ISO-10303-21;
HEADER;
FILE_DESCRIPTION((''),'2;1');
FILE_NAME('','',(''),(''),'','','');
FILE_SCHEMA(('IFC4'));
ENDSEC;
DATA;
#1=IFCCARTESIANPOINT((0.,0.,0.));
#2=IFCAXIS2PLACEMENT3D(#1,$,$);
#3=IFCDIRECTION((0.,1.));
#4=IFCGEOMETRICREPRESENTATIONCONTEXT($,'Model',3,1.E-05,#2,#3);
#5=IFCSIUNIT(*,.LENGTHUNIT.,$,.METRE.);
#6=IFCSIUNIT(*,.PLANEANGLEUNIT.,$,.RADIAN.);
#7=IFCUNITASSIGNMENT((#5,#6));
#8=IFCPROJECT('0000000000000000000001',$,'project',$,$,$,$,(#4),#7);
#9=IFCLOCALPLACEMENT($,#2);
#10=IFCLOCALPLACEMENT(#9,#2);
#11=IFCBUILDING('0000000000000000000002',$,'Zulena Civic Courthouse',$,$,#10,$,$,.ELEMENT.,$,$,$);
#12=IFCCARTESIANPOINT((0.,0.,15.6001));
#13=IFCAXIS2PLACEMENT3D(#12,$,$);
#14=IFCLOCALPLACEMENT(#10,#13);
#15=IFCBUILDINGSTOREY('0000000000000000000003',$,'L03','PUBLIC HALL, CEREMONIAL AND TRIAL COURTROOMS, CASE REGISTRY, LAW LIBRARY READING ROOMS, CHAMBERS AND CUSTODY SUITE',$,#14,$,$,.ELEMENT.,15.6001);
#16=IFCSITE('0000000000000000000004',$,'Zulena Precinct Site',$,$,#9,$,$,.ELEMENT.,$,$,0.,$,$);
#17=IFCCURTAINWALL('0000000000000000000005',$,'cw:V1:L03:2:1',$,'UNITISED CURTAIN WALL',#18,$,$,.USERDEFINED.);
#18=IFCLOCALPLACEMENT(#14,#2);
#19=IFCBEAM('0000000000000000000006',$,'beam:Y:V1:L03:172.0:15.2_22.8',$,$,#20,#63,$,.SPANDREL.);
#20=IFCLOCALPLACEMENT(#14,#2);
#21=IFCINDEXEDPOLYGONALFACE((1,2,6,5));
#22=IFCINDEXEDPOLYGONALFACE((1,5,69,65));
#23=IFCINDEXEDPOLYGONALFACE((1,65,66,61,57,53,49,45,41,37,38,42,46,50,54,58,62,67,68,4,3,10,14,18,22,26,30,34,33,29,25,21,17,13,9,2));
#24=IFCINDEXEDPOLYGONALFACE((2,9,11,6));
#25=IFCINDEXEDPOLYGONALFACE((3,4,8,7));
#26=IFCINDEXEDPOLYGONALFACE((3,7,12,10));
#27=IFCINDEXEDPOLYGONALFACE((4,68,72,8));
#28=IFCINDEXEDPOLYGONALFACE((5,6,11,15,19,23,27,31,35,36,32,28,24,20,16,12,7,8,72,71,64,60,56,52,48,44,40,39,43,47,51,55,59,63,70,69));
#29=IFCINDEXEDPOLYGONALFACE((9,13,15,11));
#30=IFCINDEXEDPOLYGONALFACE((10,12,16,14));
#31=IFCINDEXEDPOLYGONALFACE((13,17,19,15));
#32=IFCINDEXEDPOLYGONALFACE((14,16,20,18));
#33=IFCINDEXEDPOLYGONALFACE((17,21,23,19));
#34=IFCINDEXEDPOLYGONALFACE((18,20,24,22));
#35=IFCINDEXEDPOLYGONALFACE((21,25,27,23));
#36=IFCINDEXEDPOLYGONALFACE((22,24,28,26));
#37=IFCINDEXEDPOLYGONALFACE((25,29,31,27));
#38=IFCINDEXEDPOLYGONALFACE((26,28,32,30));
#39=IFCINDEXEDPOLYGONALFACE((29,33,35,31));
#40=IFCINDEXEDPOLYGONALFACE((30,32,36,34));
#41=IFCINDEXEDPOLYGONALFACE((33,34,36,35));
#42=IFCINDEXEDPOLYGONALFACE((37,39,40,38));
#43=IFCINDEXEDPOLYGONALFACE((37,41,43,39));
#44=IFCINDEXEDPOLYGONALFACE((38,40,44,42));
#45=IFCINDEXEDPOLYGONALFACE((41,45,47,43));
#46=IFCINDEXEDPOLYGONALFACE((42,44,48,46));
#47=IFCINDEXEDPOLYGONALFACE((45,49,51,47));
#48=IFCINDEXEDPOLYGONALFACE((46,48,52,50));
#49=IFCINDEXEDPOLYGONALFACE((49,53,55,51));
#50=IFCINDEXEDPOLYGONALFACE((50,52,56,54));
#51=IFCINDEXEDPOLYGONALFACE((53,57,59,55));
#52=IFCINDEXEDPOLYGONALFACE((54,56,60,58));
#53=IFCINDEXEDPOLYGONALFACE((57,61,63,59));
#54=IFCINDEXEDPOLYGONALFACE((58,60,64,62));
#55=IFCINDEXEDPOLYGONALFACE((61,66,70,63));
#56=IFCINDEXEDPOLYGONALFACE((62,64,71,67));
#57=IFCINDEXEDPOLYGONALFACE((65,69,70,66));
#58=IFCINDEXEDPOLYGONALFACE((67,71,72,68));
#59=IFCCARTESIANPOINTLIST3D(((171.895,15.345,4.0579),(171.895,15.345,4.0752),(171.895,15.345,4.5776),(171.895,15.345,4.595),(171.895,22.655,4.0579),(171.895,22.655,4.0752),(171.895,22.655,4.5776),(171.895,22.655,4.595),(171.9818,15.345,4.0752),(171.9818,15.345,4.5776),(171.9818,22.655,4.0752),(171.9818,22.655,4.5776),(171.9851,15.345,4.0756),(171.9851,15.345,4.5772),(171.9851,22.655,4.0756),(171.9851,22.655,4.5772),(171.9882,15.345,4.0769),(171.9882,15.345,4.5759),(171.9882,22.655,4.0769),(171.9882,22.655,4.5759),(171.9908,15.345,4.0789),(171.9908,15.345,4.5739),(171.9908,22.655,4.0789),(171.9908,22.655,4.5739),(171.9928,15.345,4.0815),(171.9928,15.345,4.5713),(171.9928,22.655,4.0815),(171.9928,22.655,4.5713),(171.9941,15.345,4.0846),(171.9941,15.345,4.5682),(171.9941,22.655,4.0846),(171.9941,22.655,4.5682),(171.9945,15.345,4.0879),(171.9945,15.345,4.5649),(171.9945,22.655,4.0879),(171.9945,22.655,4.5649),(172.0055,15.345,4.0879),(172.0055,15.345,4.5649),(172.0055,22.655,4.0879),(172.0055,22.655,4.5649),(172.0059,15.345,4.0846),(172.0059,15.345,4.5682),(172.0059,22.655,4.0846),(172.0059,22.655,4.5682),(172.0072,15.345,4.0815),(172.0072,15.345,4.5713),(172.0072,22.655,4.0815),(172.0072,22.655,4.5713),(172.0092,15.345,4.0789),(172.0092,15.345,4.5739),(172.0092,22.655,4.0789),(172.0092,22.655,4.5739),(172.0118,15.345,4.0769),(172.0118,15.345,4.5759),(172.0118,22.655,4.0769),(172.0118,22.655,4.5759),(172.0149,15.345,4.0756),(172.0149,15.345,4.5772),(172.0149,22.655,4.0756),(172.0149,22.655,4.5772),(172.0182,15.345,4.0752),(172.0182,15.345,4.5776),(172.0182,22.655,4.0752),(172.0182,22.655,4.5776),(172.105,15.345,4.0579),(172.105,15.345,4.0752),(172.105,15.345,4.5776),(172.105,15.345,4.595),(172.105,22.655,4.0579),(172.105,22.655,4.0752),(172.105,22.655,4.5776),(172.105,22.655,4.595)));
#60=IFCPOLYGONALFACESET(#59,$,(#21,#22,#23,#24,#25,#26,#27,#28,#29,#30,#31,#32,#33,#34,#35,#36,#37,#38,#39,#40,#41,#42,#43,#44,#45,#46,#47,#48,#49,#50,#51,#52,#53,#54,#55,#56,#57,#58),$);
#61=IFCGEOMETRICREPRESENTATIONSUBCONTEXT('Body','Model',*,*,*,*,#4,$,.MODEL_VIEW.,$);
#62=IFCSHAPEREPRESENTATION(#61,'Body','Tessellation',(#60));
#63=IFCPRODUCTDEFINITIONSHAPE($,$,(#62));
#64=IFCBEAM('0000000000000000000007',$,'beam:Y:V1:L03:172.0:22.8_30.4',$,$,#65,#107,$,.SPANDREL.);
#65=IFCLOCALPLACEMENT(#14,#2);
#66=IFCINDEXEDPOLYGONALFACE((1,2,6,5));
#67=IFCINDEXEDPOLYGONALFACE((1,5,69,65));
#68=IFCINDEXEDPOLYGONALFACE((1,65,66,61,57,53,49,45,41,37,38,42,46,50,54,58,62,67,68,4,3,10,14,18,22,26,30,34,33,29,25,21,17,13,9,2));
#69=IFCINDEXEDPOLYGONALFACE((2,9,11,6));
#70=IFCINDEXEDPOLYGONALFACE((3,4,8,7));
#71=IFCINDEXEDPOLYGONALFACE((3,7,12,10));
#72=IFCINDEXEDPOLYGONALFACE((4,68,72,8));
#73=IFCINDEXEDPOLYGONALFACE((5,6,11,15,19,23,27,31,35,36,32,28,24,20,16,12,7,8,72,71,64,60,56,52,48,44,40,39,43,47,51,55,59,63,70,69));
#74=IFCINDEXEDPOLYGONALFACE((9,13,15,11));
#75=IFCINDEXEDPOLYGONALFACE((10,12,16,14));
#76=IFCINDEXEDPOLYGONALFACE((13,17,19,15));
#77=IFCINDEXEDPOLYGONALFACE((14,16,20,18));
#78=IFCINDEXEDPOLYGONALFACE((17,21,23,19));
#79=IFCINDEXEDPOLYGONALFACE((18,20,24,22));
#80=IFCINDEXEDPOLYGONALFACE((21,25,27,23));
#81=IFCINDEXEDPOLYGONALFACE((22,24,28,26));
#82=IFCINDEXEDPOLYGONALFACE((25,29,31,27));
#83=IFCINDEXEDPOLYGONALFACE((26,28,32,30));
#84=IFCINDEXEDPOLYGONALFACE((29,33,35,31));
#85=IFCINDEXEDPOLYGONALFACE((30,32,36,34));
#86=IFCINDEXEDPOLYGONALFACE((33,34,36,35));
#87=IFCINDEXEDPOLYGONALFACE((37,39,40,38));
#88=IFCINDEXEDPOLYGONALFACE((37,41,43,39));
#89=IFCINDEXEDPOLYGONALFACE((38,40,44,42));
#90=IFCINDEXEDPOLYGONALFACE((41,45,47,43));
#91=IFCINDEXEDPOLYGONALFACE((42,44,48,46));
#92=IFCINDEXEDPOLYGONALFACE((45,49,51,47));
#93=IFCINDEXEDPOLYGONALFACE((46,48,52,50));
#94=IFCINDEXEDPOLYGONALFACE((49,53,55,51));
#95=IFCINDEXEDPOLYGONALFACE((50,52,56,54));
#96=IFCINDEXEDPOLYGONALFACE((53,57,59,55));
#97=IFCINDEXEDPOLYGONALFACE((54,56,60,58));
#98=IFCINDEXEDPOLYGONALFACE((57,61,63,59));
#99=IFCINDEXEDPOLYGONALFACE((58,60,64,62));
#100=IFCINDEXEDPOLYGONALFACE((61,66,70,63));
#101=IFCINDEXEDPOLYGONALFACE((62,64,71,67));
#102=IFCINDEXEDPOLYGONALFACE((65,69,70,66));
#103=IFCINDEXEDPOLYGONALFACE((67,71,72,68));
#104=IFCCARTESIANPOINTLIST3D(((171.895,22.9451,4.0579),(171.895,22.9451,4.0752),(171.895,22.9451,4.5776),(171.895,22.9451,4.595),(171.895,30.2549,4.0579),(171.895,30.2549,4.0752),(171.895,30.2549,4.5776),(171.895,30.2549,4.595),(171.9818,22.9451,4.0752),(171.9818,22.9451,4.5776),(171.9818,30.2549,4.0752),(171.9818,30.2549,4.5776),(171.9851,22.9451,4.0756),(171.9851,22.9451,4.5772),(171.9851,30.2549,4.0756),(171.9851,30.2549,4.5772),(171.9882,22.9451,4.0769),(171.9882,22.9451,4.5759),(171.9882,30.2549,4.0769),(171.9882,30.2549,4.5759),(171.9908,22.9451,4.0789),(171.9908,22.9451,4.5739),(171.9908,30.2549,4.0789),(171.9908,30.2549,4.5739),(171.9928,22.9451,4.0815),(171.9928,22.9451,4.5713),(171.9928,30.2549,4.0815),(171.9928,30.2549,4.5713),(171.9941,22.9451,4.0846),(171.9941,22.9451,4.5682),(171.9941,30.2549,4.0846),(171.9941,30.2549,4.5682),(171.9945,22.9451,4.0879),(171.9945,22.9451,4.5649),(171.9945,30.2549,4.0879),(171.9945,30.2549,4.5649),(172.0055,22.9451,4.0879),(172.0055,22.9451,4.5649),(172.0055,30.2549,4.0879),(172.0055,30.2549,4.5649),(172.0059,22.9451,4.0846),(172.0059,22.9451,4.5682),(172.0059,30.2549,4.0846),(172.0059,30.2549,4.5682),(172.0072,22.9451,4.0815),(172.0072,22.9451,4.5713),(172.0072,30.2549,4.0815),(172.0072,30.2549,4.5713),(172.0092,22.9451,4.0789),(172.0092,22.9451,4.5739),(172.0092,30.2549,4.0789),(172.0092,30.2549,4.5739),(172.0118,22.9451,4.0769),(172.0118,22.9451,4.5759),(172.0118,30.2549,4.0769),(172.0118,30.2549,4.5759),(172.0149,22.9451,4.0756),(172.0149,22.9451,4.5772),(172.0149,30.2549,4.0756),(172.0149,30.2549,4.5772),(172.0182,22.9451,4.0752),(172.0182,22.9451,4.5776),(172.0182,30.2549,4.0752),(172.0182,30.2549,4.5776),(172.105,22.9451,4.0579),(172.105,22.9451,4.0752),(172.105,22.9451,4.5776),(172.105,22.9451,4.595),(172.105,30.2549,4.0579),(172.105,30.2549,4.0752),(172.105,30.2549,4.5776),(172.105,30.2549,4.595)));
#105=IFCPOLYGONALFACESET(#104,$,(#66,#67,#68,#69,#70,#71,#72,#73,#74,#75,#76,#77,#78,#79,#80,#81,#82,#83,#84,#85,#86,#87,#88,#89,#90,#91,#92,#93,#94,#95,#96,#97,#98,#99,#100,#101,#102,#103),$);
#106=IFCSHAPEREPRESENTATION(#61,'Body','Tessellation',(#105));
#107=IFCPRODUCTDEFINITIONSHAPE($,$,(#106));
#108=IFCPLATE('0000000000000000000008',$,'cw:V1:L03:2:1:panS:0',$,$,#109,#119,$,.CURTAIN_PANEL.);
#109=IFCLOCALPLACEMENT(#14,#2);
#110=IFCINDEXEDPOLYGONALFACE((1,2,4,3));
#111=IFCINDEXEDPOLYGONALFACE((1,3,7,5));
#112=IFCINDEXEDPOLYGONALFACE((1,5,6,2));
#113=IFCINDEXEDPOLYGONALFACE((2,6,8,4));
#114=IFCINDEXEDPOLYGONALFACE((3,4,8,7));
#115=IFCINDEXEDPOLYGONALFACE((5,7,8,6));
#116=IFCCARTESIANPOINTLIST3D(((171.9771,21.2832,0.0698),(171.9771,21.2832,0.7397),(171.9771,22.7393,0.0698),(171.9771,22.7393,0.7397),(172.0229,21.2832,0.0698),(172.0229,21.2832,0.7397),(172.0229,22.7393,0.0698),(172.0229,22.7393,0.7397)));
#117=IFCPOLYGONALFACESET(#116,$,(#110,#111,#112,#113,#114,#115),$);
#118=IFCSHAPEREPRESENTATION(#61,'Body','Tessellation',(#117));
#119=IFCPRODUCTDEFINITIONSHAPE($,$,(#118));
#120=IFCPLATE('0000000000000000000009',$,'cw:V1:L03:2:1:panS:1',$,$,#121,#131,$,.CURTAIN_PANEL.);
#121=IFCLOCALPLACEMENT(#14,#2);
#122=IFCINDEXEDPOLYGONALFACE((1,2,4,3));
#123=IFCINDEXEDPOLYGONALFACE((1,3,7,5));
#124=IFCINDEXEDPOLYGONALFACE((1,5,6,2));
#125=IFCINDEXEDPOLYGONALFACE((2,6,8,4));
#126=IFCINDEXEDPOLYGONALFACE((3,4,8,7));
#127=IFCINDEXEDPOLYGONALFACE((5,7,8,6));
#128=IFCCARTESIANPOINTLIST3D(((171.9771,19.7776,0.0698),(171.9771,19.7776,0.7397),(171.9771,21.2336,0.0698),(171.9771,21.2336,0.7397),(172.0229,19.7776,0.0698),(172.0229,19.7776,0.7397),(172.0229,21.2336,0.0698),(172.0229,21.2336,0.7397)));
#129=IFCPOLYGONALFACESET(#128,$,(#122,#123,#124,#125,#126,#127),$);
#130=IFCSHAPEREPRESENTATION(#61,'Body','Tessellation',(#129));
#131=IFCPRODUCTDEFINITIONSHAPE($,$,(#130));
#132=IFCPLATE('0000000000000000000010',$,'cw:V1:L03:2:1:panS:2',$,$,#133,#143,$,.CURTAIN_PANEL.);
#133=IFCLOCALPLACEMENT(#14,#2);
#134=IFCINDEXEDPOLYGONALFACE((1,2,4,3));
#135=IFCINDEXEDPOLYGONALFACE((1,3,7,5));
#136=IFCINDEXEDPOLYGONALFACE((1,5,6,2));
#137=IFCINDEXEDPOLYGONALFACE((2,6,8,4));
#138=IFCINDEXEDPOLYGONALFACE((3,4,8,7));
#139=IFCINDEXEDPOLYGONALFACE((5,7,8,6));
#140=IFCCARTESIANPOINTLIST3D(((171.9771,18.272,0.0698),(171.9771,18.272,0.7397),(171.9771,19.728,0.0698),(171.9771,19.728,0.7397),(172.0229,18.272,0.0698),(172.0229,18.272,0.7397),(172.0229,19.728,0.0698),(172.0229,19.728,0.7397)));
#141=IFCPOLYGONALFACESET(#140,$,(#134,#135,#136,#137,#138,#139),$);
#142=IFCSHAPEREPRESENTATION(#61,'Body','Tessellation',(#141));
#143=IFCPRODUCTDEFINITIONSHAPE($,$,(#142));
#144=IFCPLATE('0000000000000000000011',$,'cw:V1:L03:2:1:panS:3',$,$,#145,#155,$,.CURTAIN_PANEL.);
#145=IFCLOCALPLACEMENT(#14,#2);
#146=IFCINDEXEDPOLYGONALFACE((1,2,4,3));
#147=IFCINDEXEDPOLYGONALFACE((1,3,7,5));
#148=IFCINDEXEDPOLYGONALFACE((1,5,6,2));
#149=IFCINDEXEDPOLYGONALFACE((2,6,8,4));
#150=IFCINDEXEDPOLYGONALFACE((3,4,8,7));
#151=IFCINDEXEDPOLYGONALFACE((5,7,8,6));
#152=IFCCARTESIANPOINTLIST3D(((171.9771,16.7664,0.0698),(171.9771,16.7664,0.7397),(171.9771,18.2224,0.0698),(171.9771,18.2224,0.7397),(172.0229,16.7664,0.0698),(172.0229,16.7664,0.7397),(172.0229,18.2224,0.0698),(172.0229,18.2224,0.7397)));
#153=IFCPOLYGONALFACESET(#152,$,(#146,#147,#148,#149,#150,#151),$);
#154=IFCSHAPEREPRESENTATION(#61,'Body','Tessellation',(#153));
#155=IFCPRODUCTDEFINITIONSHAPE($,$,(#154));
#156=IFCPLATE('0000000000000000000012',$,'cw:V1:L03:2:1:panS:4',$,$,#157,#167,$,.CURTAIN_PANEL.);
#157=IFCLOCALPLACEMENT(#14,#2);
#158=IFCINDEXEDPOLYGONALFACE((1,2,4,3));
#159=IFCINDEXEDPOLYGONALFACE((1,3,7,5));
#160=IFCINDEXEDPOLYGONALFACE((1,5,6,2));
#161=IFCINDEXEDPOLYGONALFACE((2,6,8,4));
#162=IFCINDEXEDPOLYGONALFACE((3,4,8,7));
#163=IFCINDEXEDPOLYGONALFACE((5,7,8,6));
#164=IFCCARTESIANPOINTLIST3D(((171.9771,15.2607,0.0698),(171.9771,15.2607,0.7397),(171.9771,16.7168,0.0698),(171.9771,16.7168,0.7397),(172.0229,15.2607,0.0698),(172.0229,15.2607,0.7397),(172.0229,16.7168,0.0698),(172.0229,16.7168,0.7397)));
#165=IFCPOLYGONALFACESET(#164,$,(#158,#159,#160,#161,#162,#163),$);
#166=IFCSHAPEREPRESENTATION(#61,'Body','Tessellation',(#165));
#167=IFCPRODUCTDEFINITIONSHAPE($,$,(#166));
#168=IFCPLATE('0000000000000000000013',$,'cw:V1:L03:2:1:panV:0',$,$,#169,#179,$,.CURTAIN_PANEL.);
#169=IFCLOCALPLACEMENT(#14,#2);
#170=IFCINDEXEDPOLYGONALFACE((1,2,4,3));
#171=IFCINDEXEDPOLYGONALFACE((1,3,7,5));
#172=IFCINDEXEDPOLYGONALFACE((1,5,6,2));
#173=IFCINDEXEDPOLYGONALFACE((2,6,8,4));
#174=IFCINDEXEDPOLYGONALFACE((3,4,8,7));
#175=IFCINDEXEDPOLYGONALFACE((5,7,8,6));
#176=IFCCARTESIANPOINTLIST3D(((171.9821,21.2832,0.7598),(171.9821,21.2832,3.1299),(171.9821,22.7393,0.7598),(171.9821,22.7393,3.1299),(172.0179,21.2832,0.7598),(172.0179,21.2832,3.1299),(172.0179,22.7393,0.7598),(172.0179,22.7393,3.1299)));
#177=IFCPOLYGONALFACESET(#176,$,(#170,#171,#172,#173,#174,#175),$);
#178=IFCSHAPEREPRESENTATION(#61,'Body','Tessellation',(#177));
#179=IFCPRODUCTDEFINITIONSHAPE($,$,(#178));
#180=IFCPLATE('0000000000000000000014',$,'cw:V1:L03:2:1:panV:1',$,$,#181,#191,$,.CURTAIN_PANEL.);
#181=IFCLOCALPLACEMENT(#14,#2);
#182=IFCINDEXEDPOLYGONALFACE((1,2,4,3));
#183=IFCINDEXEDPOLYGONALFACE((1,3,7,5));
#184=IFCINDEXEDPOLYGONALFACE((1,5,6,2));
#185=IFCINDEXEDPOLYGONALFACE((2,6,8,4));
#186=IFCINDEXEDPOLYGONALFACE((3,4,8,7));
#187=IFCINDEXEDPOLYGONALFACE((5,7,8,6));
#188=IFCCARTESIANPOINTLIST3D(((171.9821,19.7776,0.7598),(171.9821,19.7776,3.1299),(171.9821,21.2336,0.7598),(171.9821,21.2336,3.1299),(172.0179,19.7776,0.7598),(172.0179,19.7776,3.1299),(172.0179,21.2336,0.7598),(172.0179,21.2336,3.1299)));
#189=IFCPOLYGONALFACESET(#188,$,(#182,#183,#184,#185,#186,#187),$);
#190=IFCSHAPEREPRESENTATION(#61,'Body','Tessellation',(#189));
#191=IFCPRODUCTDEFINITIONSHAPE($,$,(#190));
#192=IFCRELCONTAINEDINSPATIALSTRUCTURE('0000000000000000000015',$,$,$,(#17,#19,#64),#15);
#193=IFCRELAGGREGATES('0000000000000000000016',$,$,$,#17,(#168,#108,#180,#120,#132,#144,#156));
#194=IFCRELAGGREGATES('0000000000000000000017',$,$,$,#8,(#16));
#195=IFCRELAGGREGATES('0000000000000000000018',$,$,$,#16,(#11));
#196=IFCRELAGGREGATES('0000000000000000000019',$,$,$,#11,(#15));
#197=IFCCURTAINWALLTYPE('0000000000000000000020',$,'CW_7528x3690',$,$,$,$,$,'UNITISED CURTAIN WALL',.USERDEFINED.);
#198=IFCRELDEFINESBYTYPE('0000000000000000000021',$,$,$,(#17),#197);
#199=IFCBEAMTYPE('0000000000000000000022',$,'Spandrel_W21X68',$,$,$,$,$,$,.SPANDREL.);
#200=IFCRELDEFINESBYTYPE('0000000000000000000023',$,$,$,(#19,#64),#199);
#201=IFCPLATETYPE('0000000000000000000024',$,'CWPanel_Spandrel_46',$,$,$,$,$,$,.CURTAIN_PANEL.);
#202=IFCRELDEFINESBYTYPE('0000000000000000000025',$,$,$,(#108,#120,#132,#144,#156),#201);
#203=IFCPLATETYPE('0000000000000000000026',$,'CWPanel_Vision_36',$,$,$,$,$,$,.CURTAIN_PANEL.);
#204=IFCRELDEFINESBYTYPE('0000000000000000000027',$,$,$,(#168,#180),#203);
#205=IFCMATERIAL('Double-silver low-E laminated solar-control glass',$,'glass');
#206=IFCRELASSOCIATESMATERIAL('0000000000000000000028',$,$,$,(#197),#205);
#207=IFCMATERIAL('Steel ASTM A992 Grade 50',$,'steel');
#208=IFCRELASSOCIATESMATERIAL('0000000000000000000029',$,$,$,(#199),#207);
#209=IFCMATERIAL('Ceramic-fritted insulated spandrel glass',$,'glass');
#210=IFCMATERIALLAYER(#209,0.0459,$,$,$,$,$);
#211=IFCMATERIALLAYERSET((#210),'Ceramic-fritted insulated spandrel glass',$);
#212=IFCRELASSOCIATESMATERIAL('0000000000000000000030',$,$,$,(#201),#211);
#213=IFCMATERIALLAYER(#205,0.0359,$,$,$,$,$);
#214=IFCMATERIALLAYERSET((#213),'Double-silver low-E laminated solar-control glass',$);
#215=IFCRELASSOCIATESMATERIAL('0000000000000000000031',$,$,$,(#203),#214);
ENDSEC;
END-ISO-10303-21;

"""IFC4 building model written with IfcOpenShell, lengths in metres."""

from ifc_helpers import new_model, si_unit, direction, frame, origin, origin_2d, place, context, subcontext, project, spatial, rectangle, i_section, extrude, material, layer, layer_set, material_profile, profile_set, type_object, element, aggregate, save


model = new_model("IFC4")

# Units and contexts
model_context = context("Model", 3, precision=1e-05, world=origin(), true_north=direction((0.0, 1.0)))
body_context = subcontext(model_context, "Body", "Model", "MODEL_VIEW")
ifc_project = project(units=[si_unit("LENGTHUNIT", "METRE"), si_unit("PLANEANGLEUNIT", "RADIAN")], contexts=[model_context])

# Site, building, storey
site_placement = place(None, origin())
site = spatial("IfcSite", under=ifc_project, at=site_placement, Name="Zulena Precinct Site", CompositionType="ELEMENT", RefElevation=0.0)
building_placement = place(site_placement, origin())
building = spatial("IfcBuilding", under=site, at=building_placement, Name="Zulena Civic Courthouse", CompositionType="ELEMENT")
storey_placement = place(building_placement, frame((0.0, 0.0, 15.6001)))
storey = spatial("IfcBuildingStorey", under=building, at=storey_placement, Name="L03", Description="PUBLIC HALL, CEREMONIAL AND TRIAL COURTROOMS, CASE REGISTRY, LAW LIBRARY READING ROOMS, CHAMBERS AND CUSTODY SUITE", CompositionType="ELEMENT", Elevation=15.6001)

# Shared definitions
ifc_material_1 = material(Name="Steel ASTM A992 Grade 50", Category="steel")

# Curtain wall
ifc_material_2 = material(Name="Double-silver low-E laminated solar-control glass", Category="glass")
curtain_wall_type = type_object("IfcCurtainWallType", Name="CW_7528x3690", ElementType="UNITISED CURTAIN WALL", PredefinedType="USERDEFINED", material=ifc_material_2)
curtain_wall_placement = place(storey_placement, origin())
curtain_wall = element("IfcCurtainWall", 1, at=curtain_wall_placement, inside=storey, type_object=curtain_wall_type, Name="cw:V1:L03:2:1", ObjectType="UNITISED CURTAIN WALL", PredefinedType="USERDEFINED")

# Beams
ifc_material_profile_1 = material_profile(ifc_material_1, i_section(OverallWidth=0.21, OverallDepth=0.5371, WebThickness=0.011, FlangeThickness=0.0173, FilletRadius=0.0127, at=origin_2d()), Name="W21X68")
ifc_profile_set_1 = profile_set([ifc_material_profile_1], Name="Steel ASTM A992 Grade 50")
beam_type = type_object("IfcBeamType", Name="Spandrel_W21X68", PredefinedType="SPANDREL", material=ifc_profile_set_1)
beam_1_placement = place(storey_placement, frame((172.0, 15.345, 4.3264), z_axis=(0.0, 1.0, 0.0), x_axis=(-1.0, 0.0, 0.0)))
element("IfcBeam", 2, at=beam_1_placement, inside=storey, type_object=beam_type, Name="beam:Y:V1:L03:172.0:15.2_22.8", PredefinedType="SPANDREL", context=body_context, shape_type="SweptSolid", body=[
    extrude(i_section(OverallWidth=0.21, OverallDepth=0.5371, WebThickness=0.011, FlangeThickness=0.0173, FilletRadius=0.0127, at=origin_2d()), origin(), (0.0, 0.0, 1.0), 7.3101),
])
beam_2_placement = place(storey_placement, frame((172.0, 22.9451, 4.3264), z_axis=(0.0, 1.0, 0.0), x_axis=(-1.0, 0.0, 0.0)))
element("IfcBeam", 3, at=beam_2_placement, inside=storey, type_object=beam_type, Name="beam:Y:V1:L03:172.0:22.8_30.4", PredefinedType="SPANDREL", context=body_context, shape_type="SweptSolid", body=[
    extrude(i_section(OverallWidth=0.21, OverallDepth=0.5371, WebThickness=0.011, FlangeThickness=0.0173, FilletRadius=0.0127, at=origin_2d()), origin(), (0.0, 0.0, 1.0), 7.3098),
])

# Plates
ifc_material_3 = material(Name="Ceramic-fritted insulated spandrel glass", Category="glass")
ifc_layer_1 = layer(ifc_material_3, 0.0459)
ifc_layer_set_1 = layer_set([ifc_layer_1], Name="Ceramic-fritted insulated spandrel glass")
plate_type_1 = type_object("IfcPlateType", Name="CWPanel_Spandrel_46", PredefinedType="CURTAIN_PANEL", material=ifc_layer_set_1)
plate_1_placement = place(storey_placement, frame((172.0, 22.0112, 0.0698), z_axis=(0.0, 0.0, 1.0), x_axis=(0.0, -1.0, 0.0)))
plate_1 = element("IfcPlate", 4, at=plate_1_placement, type_object=plate_type_1, Name="cw:V1:L03:2:1:panS:0", PredefinedType="CURTAIN_PANEL", context=body_context, shape_type="SweptSolid", body=[
    extrude(rectangle(XDim=1.4561, YDim=0.0459, at=origin_2d()), origin(), (0.0, 0.0, 1.0), 0.6699),
])
plate_2_placement = place(storey_placement, frame((172.0, 20.5056, 0.0698), z_axis=(0.0, 0.0, 1.0), x_axis=(0.0, -1.0, 0.0)))
plate_2 = element("IfcPlate", 5, at=plate_2_placement, type_object=plate_type_1, Name="cw:V1:L03:2:1:panS:1", PredefinedType="CURTAIN_PANEL", context=body_context, shape_type="SweptSolid", body=[
    extrude(rectangle(XDim=1.4561, YDim=0.0459, at=origin_2d()), origin(), (0.0, 0.0, 1.0), 0.6699),
])
plate_3_placement = place(storey_placement, frame((172.0, 19.0, 0.0698), z_axis=(0.0, 0.0, 1.0), x_axis=(0.0, -1.0, 0.0)))
plate_3 = element("IfcPlate", 6, at=plate_3_placement, type_object=plate_type_1, Name="cw:V1:L03:2:1:panS:2", PredefinedType="CURTAIN_PANEL", context=body_context, shape_type="SweptSolid", body=[
    extrude(rectangle(XDim=1.4561, YDim=0.0459, at=origin_2d()), origin(), (0.0, 0.0, 1.0), 0.6699),
])
plate_4_placement = place(storey_placement, frame((172.0, 17.4944, 0.0698), z_axis=(0.0, 0.0, 1.0), x_axis=(0.0, -1.0, 0.0)))
plate_4 = element("IfcPlate", 7, at=plate_4_placement, type_object=plate_type_1, Name="cw:V1:L03:2:1:panS:3", PredefinedType="CURTAIN_PANEL", context=body_context, shape_type="SweptSolid", body=[
    extrude(rectangle(XDim=1.4561, YDim=0.0459, at=origin_2d()), origin(), (0.0, 0.0, 1.0), 0.6699),
])
plate_5_placement = place(storey_placement, frame((172.0, 15.9888, 0.0698), z_axis=(0.0, 0.0, 1.0), x_axis=(0.0, -1.0, 0.0)))
plate_5 = element("IfcPlate", 8, at=plate_5_placement, type_object=plate_type_1, Name="cw:V1:L03:2:1:panS:4", PredefinedType="CURTAIN_PANEL", context=body_context, shape_type="SweptSolid", body=[
    extrude(rectangle(XDim=1.4561, YDim=0.0459, at=origin_2d()), origin(), (0.0, 0.0, 1.0), 0.6699),
])
ifc_layer_2 = layer(ifc_material_2, 0.0359)
ifc_layer_set_2 = layer_set([ifc_layer_2], Name="Double-silver low-E laminated solar-control glass")
plate_type_2 = type_object("IfcPlateType", Name="CWPanel_Vision_36", PredefinedType="CURTAIN_PANEL", material=ifc_layer_set_2)
plate_6_placement = place(storey_placement, frame((172.0, 22.0112, 0.7598), z_axis=(0.0, 0.0, 1.0), x_axis=(0.0, -1.0, 0.0)))
plate_6 = element("IfcPlate", 9, at=plate_6_placement, type_object=plate_type_2, Name="cw:V1:L03:2:1:panV:0", PredefinedType="CURTAIN_PANEL", context=body_context, shape_type="SweptSolid", body=[
    extrude(rectangle(XDim=1.4561, YDim=0.0359, at=origin_2d()), origin(), (0.0, 0.0, 1.0), 2.3701),
])
plate_7_placement = place(storey_placement, frame((172.0, 20.5056, 0.7598), z_axis=(0.0, 0.0, 1.0), x_axis=(0.0, -1.0, 0.0)))
plate_7 = element("IfcPlate", 10, at=plate_7_placement, type_object=plate_type_2, Name="cw:V1:L03:2:1:panV:1", PredefinedType="CURTAIN_PANEL", context=body_context, shape_type="SweptSolid", body=[
    extrude(rectangle(XDim=1.4561, YDim=0.0359, at=origin_2d()), origin(), (0.0, 0.0, 1.0), 2.3701),
])
aggregate(curtain_wall, [plate_6, plate_1, plate_7, plate_2, plate_3, plate_4, plate_5])

save(model, "model.ifc")
